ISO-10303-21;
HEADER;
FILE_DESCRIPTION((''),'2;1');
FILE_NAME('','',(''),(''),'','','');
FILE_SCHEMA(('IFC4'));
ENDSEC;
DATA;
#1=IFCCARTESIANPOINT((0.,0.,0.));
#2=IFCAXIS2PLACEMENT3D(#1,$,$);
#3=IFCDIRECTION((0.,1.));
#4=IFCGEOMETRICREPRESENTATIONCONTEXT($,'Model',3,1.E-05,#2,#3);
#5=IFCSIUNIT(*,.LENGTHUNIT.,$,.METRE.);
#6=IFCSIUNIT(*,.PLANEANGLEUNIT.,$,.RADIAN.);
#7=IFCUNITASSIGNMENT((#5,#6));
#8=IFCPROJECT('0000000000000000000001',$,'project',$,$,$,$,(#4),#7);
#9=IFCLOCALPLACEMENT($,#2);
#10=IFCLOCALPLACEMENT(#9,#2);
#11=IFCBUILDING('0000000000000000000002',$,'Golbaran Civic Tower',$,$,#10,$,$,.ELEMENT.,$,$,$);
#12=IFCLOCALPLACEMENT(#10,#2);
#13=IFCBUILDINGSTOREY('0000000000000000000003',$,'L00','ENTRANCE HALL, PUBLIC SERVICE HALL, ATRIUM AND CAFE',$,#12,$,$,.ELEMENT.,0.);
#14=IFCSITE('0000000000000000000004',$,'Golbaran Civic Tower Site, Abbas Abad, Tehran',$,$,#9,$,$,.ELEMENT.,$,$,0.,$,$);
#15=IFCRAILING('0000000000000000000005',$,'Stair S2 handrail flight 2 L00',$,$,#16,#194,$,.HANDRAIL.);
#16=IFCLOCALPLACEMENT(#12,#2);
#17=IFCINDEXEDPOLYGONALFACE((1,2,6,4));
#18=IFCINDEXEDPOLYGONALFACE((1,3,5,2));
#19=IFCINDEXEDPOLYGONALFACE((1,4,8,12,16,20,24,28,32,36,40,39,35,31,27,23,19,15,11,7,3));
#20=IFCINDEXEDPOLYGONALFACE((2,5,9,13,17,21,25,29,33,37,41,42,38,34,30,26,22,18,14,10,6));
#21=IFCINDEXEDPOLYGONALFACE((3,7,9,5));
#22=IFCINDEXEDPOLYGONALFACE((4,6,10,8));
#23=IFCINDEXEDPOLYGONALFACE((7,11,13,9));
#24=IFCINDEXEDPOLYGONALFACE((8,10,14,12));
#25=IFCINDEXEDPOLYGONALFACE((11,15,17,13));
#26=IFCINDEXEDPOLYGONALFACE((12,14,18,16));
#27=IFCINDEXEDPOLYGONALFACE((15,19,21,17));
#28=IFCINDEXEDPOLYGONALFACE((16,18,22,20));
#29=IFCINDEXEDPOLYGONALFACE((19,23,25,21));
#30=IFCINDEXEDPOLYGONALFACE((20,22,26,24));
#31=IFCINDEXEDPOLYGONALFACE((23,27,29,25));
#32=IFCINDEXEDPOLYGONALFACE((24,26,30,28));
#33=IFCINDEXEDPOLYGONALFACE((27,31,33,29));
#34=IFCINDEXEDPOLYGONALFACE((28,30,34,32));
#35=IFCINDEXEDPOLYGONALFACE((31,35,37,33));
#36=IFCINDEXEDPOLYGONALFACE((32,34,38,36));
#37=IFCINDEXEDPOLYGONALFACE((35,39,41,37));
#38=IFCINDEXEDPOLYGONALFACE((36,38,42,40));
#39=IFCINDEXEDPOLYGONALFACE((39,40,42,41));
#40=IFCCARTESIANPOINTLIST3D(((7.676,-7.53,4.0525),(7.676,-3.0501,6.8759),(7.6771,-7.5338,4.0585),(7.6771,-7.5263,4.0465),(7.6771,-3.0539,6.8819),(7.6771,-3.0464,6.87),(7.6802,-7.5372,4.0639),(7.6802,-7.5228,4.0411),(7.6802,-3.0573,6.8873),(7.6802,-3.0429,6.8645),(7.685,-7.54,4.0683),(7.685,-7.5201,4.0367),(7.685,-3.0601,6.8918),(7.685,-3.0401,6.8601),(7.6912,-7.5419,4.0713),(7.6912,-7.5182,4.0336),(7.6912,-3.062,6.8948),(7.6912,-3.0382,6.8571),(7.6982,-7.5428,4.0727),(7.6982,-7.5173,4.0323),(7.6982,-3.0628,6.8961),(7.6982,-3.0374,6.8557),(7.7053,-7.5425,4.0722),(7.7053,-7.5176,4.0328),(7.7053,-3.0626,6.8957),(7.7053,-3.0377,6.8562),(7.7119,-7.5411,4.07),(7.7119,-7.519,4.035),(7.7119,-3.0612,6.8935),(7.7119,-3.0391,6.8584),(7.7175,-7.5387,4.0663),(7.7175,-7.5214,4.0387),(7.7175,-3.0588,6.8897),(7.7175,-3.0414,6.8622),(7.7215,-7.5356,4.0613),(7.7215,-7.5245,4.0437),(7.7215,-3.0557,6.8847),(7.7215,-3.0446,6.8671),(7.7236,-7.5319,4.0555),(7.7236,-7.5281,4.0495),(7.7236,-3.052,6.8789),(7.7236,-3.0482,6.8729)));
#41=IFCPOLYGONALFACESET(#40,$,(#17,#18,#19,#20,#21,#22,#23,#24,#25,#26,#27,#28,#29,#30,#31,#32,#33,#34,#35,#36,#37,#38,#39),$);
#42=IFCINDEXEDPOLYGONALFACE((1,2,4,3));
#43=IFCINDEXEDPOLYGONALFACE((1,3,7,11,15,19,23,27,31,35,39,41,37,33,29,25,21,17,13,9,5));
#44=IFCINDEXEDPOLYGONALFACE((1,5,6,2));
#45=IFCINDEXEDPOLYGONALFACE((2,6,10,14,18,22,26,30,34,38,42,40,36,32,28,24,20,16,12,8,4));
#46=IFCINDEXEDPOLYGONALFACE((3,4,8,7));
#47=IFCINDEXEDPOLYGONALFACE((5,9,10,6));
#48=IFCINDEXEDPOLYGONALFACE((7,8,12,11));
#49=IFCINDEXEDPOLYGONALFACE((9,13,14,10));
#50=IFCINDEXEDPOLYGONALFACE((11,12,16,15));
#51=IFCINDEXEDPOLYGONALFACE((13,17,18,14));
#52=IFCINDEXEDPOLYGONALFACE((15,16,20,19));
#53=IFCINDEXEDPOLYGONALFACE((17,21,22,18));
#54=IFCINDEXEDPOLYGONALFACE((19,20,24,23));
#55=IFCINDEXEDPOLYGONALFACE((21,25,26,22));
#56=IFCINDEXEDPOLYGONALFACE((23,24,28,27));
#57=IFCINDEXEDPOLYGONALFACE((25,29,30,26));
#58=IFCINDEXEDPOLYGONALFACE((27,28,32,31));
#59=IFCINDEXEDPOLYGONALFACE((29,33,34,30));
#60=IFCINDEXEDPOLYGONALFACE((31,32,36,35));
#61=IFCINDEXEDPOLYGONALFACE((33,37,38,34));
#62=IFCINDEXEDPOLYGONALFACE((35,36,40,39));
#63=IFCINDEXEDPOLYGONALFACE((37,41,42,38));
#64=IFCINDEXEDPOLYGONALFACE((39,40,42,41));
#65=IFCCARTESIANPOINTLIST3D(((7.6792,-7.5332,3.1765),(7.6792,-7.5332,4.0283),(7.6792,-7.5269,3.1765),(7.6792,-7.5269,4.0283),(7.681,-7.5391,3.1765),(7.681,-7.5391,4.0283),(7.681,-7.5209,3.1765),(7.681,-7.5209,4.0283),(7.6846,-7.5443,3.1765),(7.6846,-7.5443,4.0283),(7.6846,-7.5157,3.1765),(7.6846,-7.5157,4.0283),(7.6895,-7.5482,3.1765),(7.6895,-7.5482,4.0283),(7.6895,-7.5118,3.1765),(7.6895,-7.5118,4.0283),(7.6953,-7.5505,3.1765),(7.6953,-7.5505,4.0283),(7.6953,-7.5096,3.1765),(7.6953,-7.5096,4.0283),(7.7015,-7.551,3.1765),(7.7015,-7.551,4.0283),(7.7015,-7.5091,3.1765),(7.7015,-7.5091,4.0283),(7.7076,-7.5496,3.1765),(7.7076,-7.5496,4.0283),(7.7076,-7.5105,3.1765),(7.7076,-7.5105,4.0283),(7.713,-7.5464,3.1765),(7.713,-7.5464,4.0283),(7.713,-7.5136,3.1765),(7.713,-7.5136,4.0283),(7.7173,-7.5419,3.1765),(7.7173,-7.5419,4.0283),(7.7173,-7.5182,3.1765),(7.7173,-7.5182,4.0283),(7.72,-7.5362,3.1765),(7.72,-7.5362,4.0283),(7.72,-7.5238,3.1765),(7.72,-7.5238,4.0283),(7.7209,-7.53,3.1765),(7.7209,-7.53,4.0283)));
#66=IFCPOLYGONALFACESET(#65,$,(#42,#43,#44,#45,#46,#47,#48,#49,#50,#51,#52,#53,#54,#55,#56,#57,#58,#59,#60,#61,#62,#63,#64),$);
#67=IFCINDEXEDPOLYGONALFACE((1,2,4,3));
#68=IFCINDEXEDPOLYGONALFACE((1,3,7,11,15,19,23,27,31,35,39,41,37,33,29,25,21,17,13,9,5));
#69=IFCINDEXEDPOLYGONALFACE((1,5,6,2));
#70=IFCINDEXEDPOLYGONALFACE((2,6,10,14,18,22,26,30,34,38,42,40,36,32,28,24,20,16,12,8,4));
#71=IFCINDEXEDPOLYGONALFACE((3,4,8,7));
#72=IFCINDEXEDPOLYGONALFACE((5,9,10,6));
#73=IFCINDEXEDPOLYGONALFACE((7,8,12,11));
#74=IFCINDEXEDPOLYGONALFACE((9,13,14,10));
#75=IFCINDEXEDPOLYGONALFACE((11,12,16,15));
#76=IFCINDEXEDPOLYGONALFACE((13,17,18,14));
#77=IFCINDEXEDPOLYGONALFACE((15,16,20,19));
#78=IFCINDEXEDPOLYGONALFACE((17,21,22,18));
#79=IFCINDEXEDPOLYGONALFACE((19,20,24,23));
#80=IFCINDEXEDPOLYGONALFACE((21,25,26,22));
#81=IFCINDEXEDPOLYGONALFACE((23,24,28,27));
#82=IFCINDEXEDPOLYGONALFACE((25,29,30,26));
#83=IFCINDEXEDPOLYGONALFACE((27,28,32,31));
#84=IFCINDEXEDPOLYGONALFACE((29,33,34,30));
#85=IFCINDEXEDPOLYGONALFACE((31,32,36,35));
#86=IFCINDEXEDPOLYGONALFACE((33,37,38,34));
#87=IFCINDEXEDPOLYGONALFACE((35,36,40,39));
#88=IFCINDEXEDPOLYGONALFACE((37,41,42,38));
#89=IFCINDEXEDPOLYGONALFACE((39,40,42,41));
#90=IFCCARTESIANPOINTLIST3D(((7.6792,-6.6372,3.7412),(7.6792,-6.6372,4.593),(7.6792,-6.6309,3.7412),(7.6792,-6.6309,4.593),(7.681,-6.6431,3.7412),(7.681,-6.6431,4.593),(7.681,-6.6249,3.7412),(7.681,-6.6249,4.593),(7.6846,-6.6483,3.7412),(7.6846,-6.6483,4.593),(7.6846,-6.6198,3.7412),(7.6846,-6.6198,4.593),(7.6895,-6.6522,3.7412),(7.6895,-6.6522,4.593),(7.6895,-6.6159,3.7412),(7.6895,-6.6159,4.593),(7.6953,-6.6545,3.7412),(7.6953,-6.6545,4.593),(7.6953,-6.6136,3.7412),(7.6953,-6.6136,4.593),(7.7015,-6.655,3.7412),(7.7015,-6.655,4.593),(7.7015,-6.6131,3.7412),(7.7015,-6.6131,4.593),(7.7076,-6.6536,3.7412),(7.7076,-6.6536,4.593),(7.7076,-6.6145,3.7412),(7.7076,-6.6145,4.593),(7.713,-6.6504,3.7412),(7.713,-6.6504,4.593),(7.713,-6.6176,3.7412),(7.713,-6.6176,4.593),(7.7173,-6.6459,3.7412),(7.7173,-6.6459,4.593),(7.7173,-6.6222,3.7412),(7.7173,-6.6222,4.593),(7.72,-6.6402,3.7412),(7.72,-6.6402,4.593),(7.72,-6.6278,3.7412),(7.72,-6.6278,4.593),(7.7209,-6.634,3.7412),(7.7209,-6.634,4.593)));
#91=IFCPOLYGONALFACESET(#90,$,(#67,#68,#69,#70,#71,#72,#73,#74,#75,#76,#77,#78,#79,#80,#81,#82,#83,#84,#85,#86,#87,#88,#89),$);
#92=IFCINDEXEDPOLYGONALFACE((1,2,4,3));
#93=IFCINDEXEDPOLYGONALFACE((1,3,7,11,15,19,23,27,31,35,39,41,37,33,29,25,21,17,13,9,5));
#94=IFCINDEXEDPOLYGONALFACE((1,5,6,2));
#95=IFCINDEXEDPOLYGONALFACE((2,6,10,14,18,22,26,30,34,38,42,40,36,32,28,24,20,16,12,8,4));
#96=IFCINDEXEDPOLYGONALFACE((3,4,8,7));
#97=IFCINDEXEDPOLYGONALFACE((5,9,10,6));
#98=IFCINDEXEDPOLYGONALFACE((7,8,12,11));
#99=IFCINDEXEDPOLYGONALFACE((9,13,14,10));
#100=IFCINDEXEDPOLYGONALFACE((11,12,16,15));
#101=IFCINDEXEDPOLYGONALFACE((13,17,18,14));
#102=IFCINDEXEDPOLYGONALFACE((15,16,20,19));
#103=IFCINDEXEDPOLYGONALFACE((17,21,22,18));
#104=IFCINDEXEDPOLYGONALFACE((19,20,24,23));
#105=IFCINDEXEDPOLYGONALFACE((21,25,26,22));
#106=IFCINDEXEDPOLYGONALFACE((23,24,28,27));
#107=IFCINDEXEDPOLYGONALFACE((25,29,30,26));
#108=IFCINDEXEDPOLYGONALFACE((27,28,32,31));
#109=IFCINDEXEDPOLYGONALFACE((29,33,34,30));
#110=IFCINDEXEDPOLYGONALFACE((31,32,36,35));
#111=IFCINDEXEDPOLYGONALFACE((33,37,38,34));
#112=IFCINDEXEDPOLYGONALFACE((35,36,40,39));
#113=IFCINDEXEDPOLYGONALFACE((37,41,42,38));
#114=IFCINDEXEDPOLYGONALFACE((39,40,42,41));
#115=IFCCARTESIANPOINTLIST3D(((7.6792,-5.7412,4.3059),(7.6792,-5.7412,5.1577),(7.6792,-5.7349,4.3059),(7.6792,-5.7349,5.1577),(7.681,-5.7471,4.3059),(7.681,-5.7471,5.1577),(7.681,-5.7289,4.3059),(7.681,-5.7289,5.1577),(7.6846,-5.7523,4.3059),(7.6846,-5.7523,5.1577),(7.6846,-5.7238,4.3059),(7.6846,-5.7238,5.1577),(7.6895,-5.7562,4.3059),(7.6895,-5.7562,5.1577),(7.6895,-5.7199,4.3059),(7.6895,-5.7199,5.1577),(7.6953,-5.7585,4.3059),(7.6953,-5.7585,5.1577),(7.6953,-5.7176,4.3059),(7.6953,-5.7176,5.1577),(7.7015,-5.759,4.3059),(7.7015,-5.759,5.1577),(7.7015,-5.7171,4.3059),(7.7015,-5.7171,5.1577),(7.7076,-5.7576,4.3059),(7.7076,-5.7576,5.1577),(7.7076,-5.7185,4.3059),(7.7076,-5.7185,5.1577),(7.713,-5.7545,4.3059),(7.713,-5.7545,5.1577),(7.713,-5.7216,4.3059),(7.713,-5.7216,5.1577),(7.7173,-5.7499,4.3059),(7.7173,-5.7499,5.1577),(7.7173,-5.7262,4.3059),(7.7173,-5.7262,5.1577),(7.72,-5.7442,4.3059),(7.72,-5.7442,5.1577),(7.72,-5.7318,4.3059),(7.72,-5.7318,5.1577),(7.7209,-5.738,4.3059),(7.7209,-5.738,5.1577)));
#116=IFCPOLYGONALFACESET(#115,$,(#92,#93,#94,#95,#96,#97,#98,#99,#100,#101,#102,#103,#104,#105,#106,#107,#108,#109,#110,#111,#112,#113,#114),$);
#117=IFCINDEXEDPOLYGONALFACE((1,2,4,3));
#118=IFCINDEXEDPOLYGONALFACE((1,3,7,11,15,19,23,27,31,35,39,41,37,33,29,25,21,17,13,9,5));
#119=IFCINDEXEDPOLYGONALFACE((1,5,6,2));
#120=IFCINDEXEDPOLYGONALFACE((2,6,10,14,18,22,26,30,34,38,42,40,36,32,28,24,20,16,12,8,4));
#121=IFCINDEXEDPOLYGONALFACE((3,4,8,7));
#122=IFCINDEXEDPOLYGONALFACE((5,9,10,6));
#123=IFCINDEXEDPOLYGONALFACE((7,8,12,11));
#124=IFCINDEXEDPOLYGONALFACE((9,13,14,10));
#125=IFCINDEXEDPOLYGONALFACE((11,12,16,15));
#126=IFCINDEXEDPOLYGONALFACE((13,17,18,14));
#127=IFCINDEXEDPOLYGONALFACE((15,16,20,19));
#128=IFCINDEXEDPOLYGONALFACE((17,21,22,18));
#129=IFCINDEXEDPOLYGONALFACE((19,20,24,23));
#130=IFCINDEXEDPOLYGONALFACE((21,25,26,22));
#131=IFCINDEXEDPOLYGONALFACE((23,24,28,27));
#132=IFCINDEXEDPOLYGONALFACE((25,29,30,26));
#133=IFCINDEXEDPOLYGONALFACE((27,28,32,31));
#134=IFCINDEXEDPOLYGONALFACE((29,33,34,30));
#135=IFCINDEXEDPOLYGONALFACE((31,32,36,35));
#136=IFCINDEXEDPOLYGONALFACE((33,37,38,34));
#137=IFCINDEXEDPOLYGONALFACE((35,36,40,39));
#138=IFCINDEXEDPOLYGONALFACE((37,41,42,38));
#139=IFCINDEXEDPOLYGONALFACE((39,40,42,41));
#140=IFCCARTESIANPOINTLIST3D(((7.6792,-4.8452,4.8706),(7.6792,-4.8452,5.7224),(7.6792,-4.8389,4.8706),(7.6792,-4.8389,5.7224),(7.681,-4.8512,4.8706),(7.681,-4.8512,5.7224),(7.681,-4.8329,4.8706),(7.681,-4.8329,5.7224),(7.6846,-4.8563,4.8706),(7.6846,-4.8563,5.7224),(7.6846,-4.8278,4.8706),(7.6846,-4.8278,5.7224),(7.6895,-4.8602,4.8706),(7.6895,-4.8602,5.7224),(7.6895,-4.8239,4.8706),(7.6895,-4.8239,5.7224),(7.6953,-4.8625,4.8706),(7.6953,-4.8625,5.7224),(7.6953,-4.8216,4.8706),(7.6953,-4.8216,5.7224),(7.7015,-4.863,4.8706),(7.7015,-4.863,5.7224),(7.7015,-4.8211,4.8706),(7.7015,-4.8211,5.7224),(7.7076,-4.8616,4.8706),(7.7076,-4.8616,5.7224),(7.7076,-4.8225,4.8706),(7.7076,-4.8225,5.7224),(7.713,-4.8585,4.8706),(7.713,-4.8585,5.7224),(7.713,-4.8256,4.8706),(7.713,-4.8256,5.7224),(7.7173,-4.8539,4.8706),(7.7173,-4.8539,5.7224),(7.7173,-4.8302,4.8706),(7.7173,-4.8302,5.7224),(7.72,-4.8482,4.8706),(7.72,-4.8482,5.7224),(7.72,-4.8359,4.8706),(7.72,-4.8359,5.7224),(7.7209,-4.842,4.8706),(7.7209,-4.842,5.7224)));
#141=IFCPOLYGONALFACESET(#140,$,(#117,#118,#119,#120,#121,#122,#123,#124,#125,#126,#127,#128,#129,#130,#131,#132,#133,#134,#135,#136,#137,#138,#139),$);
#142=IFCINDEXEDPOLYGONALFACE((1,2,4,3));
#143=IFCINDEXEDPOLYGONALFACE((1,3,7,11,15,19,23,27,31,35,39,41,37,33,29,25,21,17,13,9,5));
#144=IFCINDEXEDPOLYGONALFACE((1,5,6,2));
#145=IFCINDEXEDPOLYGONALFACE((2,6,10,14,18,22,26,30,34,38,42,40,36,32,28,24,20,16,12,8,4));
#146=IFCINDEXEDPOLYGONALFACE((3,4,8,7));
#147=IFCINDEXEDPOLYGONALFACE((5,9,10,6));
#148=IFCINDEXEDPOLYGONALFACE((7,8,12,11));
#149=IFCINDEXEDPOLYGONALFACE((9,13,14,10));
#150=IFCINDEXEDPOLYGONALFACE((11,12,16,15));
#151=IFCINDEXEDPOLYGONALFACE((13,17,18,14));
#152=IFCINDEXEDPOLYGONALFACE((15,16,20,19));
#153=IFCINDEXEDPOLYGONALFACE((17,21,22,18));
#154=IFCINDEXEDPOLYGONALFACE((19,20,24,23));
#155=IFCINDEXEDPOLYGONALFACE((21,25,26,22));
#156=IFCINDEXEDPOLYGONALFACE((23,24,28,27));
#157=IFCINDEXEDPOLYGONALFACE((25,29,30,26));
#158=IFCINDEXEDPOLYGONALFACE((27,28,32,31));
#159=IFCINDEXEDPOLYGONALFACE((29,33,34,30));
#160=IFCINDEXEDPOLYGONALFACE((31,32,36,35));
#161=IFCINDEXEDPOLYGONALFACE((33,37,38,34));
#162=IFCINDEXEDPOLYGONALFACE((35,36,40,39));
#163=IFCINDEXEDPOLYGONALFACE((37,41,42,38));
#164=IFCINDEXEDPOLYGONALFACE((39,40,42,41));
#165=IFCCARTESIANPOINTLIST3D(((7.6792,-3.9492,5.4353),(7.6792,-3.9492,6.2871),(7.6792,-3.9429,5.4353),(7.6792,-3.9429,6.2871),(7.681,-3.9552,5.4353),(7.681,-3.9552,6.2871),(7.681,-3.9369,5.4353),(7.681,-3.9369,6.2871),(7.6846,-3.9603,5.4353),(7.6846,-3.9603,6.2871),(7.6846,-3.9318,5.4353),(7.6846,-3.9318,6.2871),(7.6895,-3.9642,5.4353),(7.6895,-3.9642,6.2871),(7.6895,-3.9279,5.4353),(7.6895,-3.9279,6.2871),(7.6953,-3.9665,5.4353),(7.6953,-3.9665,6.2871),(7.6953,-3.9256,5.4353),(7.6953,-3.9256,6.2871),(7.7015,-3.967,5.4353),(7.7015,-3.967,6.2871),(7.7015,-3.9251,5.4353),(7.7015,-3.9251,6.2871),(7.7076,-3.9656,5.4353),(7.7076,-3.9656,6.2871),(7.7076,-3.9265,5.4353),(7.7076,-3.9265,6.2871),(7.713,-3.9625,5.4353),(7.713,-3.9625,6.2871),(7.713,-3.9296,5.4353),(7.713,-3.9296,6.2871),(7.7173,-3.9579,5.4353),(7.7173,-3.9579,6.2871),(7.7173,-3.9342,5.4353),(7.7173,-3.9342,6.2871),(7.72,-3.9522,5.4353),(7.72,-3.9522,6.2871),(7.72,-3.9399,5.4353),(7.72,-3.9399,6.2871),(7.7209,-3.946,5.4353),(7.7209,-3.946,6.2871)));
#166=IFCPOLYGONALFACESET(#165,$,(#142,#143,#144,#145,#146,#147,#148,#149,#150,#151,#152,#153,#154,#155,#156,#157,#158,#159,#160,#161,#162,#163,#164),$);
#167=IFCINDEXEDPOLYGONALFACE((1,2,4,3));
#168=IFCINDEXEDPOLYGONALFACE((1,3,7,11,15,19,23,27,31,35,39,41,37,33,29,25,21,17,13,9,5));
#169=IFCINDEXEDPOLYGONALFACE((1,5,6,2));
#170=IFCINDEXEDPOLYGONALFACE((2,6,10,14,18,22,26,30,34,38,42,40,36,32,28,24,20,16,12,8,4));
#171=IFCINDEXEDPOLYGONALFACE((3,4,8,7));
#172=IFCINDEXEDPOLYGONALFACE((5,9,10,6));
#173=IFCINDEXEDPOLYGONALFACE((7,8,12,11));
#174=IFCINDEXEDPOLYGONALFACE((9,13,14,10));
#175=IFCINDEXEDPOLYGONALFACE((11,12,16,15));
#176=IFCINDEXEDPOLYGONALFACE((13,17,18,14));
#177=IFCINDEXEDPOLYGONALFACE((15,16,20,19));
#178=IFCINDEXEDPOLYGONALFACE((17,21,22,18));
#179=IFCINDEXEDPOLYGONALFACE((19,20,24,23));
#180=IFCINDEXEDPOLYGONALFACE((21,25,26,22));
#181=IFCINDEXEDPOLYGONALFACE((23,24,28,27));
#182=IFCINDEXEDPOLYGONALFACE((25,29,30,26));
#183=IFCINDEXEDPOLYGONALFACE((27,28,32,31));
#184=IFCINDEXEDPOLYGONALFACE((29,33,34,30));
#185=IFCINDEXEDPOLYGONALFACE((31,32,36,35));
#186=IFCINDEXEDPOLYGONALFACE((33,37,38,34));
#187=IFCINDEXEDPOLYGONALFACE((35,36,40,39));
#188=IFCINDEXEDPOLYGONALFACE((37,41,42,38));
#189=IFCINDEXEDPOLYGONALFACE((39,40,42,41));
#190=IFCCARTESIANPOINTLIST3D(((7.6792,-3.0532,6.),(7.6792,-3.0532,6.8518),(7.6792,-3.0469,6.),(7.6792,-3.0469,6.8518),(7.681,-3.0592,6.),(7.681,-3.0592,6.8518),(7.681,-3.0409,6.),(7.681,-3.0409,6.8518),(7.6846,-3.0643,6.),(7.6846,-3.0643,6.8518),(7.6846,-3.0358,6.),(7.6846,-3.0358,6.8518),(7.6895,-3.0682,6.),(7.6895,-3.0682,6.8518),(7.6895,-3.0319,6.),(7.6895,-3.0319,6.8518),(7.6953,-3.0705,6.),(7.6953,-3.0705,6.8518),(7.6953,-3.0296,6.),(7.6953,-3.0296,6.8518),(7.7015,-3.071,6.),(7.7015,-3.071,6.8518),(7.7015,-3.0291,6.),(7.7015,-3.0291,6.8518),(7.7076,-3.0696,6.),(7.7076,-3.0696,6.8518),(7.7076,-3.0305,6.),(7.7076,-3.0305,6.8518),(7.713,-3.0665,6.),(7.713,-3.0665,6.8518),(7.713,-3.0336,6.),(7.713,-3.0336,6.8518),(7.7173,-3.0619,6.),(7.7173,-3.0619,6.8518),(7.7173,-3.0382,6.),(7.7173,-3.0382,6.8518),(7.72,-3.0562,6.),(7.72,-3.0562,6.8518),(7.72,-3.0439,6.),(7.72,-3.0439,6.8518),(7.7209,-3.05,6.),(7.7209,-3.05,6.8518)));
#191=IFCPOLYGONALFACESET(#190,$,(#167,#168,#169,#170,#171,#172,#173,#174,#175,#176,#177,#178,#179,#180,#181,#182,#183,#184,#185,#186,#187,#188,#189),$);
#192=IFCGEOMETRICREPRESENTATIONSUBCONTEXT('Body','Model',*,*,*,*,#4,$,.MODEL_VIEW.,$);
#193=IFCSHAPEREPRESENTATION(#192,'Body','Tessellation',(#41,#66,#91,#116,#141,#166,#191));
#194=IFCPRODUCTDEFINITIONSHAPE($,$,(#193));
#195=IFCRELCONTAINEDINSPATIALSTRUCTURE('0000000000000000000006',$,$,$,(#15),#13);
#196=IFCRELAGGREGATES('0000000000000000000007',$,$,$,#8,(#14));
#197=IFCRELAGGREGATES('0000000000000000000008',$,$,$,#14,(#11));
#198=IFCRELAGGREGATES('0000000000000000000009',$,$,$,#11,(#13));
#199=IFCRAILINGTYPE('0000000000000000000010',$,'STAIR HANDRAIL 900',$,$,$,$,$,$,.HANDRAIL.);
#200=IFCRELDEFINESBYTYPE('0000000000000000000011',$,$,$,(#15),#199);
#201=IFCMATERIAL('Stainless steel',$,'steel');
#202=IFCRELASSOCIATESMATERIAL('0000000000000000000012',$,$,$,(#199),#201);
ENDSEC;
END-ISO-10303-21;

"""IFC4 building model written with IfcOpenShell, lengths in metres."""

from ifc_helpers import new_model, si_unit, direction, frame, origin, origin_2d, place, context, subcontext, project, spatial, circle, extrude, material, type_object, element, save


model = new_model("IFC4")

# Units and contexts
model_context = context("Model", 3, precision=1e-05, world=origin(), true_north=direction((0.0, 1.0)))
body_context = subcontext(model_context, "Body", "Model", "MODEL_VIEW")
ifc_project = project(units=[si_unit("LENGTHUNIT", "METRE"), si_unit("PLANEANGLEUNIT", "RADIAN")], contexts=[model_context])

# Site, building, storey
site_placement = place(None, origin())
site = spatial("IfcSite", under=ifc_project, at=site_placement, Name="Golbaran Civic Tower Site, Abbas Abad, Tehran", CompositionType="ELEMENT", RefElevation=0.0)
building_placement = place(site_placement, origin())
building = spatial("IfcBuilding", under=site, at=building_placement, Name="Golbaran Civic Tower", CompositionType="ELEMENT")
storey_placement = place(building_placement, origin())
storey = spatial("IfcBuildingStorey", under=building, at=storey_placement, Name="L00", Description="ENTRANCE HALL, PUBLIC SERVICE HALL, ATRIUM AND CAFE", CompositionType="ELEMENT", Elevation=0.0)

# Railing
ifc_material_1 = material(Name="Stainless steel", Category="steel")
railing_type = type_object("IfcRailingType", Name="STAIR HANDRAIL 900", PredefinedType="HANDRAIL", material=ifc_material_1)
railing_1_placement = place(storey_placement, frame((7.7, -7.53, 3.1765)))
element("IfcRailing", 1, at=railing_1_placement, inside=storey, type_object=railing_type, Name="Stair S2 handrail flight 2 L00", PredefinedType="HANDRAIL", context=body_context, shape_type="SweptSolid", body=[
    extrude(circle(Radius=0.0239, at=origin_2d()), frame((0.0, 0.0, 0.876), z_axis=(0.0, 0.845998, 0.533186), x_axis=(-1.0, 0.0, 0.0)), (0.0, 0.0, 1.0), 5.2954),
    extrude(circle(Radius=0.021, at=origin_2d()), origin(), (0.0, 0.0, 1.0), 0.8518),
    extrude(circle(Radius=0.021, at=origin_2d()), frame((0.0, 0.896, 0.5647)), (0.0, 0.0, 1.0), 0.8518),
    extrude(circle(Radius=0.021, at=origin_2d()), frame((0.0, 1.792, 1.1294)), (0.0, 0.0, 1.0), 0.8518),
    extrude(circle(Radius=0.021, at=origin_2d()), frame((0.0, 2.688, 1.6941)), (0.0, 0.0, 1.0), 0.8518),
    extrude(circle(Radius=0.021, at=origin_2d()), frame((0.0, 3.584, 2.2588)), (0.0, 0.0, 1.0), 0.8518),
    extrude(circle(Radius=0.021, at=origin_2d()), frame((0.0, 4.48, 2.8235)), (0.0, 0.0, 1.0), 0.8518),
])

save(model, "model.ifc")
